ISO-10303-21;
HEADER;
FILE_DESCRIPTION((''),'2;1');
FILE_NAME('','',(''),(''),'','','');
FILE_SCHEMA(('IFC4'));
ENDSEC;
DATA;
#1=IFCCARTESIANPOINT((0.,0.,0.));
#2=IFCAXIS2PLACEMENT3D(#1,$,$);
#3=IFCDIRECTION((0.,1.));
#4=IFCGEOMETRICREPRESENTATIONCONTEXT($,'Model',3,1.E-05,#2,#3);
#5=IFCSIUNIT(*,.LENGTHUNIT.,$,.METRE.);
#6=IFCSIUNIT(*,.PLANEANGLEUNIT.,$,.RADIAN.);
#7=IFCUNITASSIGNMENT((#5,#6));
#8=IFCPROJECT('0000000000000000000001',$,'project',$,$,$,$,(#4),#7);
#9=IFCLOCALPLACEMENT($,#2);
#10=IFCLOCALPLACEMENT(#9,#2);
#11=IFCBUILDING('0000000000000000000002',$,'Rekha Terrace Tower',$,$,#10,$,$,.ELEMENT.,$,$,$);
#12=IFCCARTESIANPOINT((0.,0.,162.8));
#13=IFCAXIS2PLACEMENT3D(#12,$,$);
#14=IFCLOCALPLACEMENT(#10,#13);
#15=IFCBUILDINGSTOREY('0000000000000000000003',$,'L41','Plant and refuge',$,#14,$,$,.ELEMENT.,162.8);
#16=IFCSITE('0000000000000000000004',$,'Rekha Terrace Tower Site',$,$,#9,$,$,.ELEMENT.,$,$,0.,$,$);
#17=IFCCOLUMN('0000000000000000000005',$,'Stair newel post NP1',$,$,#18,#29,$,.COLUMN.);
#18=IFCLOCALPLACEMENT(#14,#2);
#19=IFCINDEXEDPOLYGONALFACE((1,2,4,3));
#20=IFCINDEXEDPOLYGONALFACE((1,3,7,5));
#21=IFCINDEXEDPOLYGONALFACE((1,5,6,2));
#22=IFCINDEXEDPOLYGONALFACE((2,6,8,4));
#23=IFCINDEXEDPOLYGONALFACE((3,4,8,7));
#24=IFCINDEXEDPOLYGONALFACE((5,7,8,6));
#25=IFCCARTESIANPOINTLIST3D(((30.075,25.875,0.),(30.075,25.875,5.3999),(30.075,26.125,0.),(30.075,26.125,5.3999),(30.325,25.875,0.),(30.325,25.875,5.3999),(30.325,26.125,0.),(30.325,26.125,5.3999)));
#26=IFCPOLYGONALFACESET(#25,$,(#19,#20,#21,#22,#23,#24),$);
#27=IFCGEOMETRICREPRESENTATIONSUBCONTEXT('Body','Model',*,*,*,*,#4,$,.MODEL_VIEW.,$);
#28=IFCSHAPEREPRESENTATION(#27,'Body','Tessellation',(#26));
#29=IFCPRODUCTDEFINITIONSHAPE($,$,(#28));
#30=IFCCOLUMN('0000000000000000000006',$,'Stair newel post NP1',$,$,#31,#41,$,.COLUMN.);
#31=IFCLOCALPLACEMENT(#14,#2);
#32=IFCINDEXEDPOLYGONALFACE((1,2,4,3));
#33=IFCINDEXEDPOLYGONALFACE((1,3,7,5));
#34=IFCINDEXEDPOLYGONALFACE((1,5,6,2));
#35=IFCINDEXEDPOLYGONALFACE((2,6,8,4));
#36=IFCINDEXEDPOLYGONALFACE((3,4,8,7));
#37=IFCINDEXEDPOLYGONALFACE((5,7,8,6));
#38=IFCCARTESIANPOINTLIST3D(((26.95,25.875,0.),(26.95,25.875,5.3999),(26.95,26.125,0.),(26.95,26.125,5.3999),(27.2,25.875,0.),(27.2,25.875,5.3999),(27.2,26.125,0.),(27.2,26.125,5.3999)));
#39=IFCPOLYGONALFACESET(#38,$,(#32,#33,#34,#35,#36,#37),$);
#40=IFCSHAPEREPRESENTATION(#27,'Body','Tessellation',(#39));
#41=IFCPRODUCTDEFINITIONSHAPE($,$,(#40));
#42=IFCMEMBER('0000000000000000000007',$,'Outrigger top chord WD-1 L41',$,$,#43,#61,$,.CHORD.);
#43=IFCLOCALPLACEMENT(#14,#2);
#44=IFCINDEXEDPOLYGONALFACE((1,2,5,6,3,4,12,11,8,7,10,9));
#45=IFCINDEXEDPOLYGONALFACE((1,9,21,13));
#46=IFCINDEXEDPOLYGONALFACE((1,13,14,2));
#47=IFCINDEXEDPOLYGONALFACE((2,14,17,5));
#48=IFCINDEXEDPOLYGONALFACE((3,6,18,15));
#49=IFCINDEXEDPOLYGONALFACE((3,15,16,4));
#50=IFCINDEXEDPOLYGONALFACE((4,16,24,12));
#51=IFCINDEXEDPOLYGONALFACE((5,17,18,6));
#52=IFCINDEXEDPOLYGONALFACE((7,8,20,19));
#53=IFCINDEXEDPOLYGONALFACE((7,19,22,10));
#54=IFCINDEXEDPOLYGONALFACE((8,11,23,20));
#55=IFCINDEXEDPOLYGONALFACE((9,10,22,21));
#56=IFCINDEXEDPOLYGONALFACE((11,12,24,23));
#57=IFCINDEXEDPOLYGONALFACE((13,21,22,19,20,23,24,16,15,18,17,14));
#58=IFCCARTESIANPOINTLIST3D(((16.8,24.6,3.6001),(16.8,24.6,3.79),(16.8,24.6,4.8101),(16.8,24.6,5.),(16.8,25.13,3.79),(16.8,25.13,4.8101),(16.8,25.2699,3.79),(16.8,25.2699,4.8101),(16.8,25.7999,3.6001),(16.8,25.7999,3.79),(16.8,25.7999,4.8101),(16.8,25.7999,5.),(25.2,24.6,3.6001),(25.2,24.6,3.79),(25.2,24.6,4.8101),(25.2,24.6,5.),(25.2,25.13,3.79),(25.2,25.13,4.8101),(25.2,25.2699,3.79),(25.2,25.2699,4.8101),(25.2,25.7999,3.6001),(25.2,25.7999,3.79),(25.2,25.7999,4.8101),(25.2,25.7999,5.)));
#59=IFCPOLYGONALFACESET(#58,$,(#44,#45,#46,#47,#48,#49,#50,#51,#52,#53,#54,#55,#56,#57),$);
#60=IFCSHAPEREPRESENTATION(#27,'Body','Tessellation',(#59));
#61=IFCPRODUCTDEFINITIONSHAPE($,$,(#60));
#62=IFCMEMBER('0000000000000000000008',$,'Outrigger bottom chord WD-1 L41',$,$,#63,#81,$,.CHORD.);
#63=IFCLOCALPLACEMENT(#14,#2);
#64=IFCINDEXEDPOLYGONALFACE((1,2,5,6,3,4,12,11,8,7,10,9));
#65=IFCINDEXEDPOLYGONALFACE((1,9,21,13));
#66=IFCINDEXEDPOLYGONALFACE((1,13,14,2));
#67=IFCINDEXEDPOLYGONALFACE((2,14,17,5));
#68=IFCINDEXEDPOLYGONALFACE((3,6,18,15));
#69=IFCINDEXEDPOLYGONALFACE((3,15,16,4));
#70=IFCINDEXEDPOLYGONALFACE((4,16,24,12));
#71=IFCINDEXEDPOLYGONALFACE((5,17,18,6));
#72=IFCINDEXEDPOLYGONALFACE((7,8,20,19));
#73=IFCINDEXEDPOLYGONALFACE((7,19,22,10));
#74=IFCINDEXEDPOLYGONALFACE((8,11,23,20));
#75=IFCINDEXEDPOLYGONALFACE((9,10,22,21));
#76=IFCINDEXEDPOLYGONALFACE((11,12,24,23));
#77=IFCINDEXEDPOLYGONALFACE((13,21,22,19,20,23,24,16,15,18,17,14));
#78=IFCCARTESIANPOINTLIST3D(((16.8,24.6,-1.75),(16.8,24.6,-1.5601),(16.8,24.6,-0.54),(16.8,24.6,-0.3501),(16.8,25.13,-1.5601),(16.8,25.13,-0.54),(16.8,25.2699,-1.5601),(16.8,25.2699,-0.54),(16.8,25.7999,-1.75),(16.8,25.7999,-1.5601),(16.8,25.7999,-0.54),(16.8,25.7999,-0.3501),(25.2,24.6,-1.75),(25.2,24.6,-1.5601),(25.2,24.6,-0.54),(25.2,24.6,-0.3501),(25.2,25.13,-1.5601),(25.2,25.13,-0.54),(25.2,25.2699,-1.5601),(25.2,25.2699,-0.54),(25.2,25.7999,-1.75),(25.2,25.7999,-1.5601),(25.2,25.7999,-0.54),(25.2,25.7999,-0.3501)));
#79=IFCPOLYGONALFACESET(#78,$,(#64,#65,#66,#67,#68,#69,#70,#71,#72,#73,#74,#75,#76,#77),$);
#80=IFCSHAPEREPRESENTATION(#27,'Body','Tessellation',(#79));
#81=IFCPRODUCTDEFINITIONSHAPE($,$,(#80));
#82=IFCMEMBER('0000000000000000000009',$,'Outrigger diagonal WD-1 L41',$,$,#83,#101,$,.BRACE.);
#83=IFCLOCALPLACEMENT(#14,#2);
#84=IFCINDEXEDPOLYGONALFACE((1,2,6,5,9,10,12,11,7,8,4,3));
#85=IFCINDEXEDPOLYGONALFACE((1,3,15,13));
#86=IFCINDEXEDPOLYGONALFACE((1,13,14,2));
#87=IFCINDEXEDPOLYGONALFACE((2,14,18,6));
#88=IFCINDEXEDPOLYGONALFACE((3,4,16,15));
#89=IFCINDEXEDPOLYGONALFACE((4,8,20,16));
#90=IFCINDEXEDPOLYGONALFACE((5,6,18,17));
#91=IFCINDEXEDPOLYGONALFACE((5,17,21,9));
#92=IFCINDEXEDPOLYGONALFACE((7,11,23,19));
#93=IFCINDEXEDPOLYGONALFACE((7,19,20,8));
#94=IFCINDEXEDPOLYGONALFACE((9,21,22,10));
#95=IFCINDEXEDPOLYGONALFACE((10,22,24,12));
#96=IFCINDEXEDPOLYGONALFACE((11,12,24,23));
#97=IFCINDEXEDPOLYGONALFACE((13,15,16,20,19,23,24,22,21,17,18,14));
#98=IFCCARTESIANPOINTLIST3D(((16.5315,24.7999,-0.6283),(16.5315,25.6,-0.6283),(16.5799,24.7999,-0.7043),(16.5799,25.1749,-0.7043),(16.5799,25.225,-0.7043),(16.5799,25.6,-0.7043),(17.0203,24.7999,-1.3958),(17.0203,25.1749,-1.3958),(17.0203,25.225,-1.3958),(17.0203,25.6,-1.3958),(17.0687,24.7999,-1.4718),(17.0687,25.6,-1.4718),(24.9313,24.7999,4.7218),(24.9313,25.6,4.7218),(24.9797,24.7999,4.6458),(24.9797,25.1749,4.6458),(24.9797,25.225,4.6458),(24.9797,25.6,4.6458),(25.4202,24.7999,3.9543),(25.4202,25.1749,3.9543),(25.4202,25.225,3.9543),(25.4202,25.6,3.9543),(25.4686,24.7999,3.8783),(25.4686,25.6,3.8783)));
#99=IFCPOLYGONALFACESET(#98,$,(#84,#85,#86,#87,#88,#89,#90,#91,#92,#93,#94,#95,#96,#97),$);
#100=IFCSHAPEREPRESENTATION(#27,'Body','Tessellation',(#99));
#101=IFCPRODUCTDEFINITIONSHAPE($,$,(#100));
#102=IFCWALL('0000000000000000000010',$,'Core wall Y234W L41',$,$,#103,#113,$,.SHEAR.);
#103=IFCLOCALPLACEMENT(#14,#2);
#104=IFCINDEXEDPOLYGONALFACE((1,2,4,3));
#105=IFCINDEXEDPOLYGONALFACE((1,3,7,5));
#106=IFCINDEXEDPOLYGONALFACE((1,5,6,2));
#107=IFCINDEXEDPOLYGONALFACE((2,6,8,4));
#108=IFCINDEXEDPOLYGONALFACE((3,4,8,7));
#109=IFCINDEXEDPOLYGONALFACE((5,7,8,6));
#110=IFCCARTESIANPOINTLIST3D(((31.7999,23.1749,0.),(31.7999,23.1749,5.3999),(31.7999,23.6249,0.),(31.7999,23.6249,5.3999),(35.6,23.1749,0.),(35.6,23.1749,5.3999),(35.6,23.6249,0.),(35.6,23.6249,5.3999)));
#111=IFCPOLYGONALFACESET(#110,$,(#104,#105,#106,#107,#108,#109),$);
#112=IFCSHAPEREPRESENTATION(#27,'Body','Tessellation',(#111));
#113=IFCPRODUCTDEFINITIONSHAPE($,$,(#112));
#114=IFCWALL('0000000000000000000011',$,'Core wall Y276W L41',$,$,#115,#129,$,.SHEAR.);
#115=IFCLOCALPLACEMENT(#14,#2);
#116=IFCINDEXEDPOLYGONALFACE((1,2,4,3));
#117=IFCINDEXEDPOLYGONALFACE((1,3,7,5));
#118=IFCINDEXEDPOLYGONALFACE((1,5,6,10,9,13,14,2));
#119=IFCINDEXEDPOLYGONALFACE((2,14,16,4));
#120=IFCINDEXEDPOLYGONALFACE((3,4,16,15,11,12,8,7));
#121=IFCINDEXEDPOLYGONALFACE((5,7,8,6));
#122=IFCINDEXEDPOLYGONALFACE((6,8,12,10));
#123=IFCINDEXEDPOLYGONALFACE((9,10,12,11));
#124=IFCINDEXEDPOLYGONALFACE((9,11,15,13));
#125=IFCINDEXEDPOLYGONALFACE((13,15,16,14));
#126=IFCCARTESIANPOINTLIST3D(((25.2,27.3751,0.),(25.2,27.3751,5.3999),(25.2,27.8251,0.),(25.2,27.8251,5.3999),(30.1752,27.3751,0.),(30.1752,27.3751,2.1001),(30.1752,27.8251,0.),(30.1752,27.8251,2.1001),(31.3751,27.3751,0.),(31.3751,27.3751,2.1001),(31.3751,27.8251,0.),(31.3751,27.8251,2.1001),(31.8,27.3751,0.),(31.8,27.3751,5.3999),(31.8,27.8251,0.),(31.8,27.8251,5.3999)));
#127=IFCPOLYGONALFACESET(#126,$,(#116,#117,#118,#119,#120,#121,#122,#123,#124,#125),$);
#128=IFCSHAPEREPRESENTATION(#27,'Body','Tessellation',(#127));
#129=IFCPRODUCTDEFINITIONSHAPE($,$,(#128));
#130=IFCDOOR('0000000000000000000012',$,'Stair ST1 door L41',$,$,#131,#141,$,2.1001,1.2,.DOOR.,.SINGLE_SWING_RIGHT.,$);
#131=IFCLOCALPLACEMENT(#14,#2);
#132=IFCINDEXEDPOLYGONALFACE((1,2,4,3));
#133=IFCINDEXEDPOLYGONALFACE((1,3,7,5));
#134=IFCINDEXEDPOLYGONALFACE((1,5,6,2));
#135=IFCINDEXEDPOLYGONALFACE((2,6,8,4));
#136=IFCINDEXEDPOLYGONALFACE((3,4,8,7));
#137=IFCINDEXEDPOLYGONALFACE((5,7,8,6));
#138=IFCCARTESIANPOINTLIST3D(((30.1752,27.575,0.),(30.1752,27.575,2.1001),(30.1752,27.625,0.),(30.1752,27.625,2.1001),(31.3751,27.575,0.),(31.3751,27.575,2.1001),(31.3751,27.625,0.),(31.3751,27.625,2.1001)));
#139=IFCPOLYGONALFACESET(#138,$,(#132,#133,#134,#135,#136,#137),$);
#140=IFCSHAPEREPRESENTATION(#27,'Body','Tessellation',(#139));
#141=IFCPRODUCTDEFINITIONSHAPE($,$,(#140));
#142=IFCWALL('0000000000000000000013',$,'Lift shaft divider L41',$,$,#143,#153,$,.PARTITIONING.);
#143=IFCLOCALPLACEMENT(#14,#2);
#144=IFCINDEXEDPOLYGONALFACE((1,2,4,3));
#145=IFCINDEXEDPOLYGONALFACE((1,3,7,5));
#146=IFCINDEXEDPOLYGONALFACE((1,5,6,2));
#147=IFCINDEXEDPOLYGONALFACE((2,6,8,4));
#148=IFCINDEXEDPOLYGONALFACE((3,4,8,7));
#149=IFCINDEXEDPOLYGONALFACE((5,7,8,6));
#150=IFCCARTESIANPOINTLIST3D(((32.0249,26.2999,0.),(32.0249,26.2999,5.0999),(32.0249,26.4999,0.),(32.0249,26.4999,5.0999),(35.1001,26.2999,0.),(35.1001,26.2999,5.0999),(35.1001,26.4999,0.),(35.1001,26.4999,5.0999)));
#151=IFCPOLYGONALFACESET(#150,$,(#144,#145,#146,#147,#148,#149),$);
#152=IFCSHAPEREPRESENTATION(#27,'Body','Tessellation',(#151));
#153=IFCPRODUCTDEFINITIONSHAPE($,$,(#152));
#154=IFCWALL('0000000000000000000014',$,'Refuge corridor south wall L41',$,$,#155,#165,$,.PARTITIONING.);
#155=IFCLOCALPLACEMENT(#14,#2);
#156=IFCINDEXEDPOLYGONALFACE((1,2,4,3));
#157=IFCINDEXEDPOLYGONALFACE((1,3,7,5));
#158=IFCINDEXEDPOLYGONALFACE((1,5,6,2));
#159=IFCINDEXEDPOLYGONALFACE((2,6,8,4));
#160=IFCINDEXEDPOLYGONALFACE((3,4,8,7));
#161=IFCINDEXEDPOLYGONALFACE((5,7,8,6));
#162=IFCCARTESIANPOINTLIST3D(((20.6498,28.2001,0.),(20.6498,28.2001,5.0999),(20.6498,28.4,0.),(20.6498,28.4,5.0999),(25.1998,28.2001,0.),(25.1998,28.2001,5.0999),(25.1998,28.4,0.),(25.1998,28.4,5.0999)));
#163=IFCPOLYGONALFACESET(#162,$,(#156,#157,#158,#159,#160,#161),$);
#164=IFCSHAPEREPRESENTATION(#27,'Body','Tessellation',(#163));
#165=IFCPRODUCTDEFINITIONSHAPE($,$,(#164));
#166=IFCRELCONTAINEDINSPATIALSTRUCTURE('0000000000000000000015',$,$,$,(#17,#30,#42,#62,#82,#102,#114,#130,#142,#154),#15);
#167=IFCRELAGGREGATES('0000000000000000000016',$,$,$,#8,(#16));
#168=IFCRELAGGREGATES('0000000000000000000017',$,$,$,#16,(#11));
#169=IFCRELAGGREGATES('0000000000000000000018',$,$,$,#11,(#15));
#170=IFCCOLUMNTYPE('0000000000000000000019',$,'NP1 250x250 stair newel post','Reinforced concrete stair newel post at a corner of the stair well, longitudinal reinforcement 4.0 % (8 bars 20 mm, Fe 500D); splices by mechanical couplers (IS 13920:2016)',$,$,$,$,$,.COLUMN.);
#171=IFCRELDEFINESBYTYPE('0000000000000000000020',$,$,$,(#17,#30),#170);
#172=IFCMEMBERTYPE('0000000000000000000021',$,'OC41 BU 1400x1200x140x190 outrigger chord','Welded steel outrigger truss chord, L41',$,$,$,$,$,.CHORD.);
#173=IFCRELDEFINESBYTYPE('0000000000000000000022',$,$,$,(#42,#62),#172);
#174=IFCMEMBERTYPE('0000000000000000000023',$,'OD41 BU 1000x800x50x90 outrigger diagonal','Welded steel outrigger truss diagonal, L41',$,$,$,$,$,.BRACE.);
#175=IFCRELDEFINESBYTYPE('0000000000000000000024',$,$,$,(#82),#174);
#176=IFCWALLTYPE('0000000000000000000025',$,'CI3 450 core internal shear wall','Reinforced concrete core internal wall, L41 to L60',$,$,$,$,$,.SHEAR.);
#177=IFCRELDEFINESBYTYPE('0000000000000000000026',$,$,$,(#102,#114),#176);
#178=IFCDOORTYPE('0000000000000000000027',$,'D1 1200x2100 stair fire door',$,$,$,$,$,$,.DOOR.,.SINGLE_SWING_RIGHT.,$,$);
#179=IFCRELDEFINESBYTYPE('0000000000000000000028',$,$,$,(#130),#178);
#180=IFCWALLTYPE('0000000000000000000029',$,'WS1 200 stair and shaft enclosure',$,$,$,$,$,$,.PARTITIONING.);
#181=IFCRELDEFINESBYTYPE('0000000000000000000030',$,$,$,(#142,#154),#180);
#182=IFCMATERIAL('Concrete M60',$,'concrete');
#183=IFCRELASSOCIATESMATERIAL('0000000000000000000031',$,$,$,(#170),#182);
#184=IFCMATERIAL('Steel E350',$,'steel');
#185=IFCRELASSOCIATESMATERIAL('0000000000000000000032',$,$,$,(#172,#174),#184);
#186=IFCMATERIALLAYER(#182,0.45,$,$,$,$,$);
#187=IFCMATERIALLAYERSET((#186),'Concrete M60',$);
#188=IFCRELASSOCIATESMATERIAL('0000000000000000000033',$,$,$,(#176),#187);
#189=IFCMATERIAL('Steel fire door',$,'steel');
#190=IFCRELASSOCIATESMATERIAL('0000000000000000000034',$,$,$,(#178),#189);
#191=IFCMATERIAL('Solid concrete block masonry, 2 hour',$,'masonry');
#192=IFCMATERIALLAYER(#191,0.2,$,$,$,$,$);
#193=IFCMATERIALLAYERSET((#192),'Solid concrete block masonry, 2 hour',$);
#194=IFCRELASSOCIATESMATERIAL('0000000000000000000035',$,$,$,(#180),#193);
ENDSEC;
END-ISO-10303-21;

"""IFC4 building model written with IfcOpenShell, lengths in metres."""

from ifc_helpers import new_model, si_unit, direction, frame, frame_2d, origin, origin_2d, place, context, subcontext, project, spatial, rectangle, i_section, extrude, material, layer, layer_set, material_profile, profile_set, type_object, element, fill, save


model = new_model("IFC4")

# Units and contexts
model_context = context("Model", 3, precision=1e-05, world=origin(), true_north=direction((0.0, 1.0)))
body_context = subcontext(model_context, "Body", "Model", "MODEL_VIEW")
ifc_project = project(units=[si_unit("LENGTHUNIT", "METRE"), si_unit("PLANEANGLEUNIT", "RADIAN")], contexts=[model_context])

# Site, building, storey
site_placement = place(None, origin())
site = spatial("IfcSite", under=ifc_project, at=site_placement, Name="Rekha Terrace Tower Site", CompositionType="ELEMENT", RefElevation=0.0)
building_placement = place(site_placement, origin())
building = spatial("IfcBuilding", under=site, at=building_placement, Name="Rekha Terrace Tower", CompositionType="ELEMENT")
storey_placement = place(building_placement, frame((0.0, 0.0, 162.8)))
storey = spatial("IfcBuildingStorey", under=building, at=storey_placement, Name="L41", Description="Plant and refuge", CompositionType="ELEMENT", Elevation=162.8)

# Columns
ifc_material_1 = material(Name="Concrete M60", Category="concrete")
ifc_material_profile_1 = material_profile(ifc_material_1, rectangle(XDim=0.25, YDim=0.25, at=origin_2d()), Name="RC 250x250")
ifc_profile_set_1 = profile_set([ifc_material_profile_1], Name="Concrete M60")
column_type = type_object("IfcColumnType", Name="NP1 250x250 stair newel post", Description="Reinforced concrete stair newel post at a corner of the stair well, longitudinal reinforcement 4.0 % (8 bars 20 mm, Fe 500D); splices by mechanical couplers (IS 13920:2016)", PredefinedType="COLUMN", material=ifc_profile_set_1)
for number, where, z_axis, x_axis, name in (
    (1, (30.2, 26.0, 0.0), (0.0, 0.0, 1.0), (1.0, 0.0, 0.0), "Stair newel post NP1"),
    (2, (27.075, 26.0, 0.0), (0.0, 0.0, 1.0), (1.0, 0.0, 0.0), "Stair newel post NP1"),
):
    element("IfcColumn", number, at=place(storey_placement, frame(where, z_axis=z_axis, x_axis=x_axis)), inside=storey, type_object=column_type, Name=name, PredefinedType="COLUMN", context=body_context, shape_type="SweptSolid", body=[
        extrude(rectangle(XDim=0.25, YDim=0.25, at=origin_2d()), origin(), (0.0, 0.0, 1.0), 5.3999),
    ])

# Members
ifc_material_2 = material(Name="Steel E350", Category="steel")
ifc_material_profile_2 = material_profile(ifc_material_2, i_section(OverallWidth=1.2, OverallDepth=1.3999, WebThickness=0.1399, FlangeThickness=0.1899, at=origin_2d()), Name="BU 1400x1200x140x190")
ifc_profile_set_2 = profile_set([ifc_material_profile_2], Name="Steel E350")
member_type_1 = type_object("IfcMemberType", Name="OC41 BU 1400x1200x140x190 outrigger chord", Description="Welded steel outrigger truss chord, L41", PredefinedType="CHORD", material=ifc_profile_set_2)
for number, where, z_axis, x_axis, name in (
    (3, (25.2, 25.2, 4.3), (-1.0, 0.0, 0.0), (0.0, -1.0, 0.0), "Outrigger top chord WD-1 L41"),
    (4, (25.2, 25.2, -1.05), (-1.0, 0.0, 0.0), (0.0, -1.0, 0.0), "Outrigger bottom chord WD-1 L41"),
):
    element("IfcMember", number, at=place(storey_placement, frame(where, z_axis=z_axis, x_axis=x_axis)), inside=storey, type_object=member_type_1, Name=name, PredefinedType="CHORD", context=body_context, shape_type="SweptSolid", body=[
        extrude(i_section(OverallWidth=1.2, OverallDepth=1.3999, WebThickness=0.1399, FlangeThickness=0.1899, at=origin_2d()), origin(), (0.0, 0.0, 1.0), 8.3999),
    ])
ifc_material_profile_3 = material_profile(ifc_material_2, i_section(OverallWidth=0.8, OverallDepth=1.0, WebThickness=0.05, FlangeThickness=0.0901, at=origin_2d()), Name="BU 1000x800x50x90")
ifc_profile_set_3 = profile_set([ifc_material_profile_3], Name="Steel E350")
member_type_2 = type_object("IfcMemberType", Name="OD41 BU 1000x800x50x90 outrigger diagonal", Description="Welded steel outrigger truss diagonal, L41", PredefinedType="BRACE", material=ifc_profile_set_3)
member_placement = place(storey_placement, frame((25.2, 25.2, 4.3), z_axis=(-0.843447, 0.0, -0.537212), x_axis=(0.0, -1.0, 0.0)))
element("IfcMember", 5, at=member_placement, inside=storey, type_object=member_type_2, Name="Outrigger diagonal WD-1 L41", PredefinedType="BRACE", context=body_context, shape_type="SweptSolid", body=[
    extrude(i_section(OverallWidth=0.8, OverallDepth=1.0, WebThickness=0.05, FlangeThickness=0.0901, at=origin_2d()), origin(), (0.0, 0.0, 1.0), 9.959),
])

# Wall
ifc_layer_1 = layer(ifc_material_1, 0.45)
ifc_layer_set_1 = layer_set([ifc_layer_1], Name="Concrete M60")
wall_type_1 = type_object("IfcWallType", Name="CI3 450 core internal shear wall", Description="Reinforced concrete core internal wall, L41 to L60", PredefinedType="SHEAR", material=ifc_layer_set_1)
wall_1_placement = place(storey_placement, frame((31.8, 23.3999, 0.0), z_axis=(0.0, 0.0, 1.0), x_axis=(1.0, 0.0, 0.0)))
element("IfcWall", 6, at=wall_1_placement, inside=storey, type_object=wall_type_1, Name="Core wall Y234W L41", PredefinedType="SHEAR", context=body_context, shape_type="SweptSolid", body=[
    extrude(rectangle(XDim=3.8, YDim=0.45, at=frame_2d((1.8999, 0.0))), origin(), (0.0, 0.0, 1.0), 5.3999),
])

# Wall, opening, door
wall_2_placement = place(storey_placement, frame((25.2, 27.6001, 0.0), z_axis=(0.0, 0.0, 1.0), x_axis=(1.0, 0.0, 0.0)))
wall_2 = element("IfcWall", 7, at=wall_2_placement, inside=storey, type_object=wall_type_1, Name="Core wall Y276W L41", PredefinedType="SHEAR", context=body_context, shape_type="SweptSolid", body=[
    extrude(rectangle(XDim=6.6001, YDim=0.45, at=frame_2d((3.3, 0.0))), origin(), (0.0, 0.0, 1.0), 5.3999),
])
opening_placement = place(wall_2_placement, frame((4.9751, 0.0, 0.0)))
opening = element("IfcOpeningElement", 8, at=opening_placement, cuts=wall_2, PredefinedType="OPENING", context=body_context, shape_type="SweptSolid", body=[
    extrude(rectangle(XDim=1.2, YDim=2.1001, at=frame_2d((0.6001, 1.05))), frame((0.0, 0.2349, 0.0), z_axis=(0.0, -1.0, 0.0), x_axis=(1.0, 0.0, 0.0)), (0.0, 0.0, 1.0), 0.47),
])
ifc_material_3 = material(Name="Steel fire door", Category="steel")
door_type = type_object("IfcDoorType", Name="D1 1200x2100 stair fire door", OperationType="SINGLE_SWING_RIGHT", PredefinedType="DOOR", material=ifc_material_3)
door_placement = place(opening_placement, origin())
door = element("IfcDoor", 9, at=door_placement, inside=storey, type_object=door_type, Name="Stair ST1 door L41", OperationType="SINGLE_SWING_RIGHT", OverallHeight=2.1001, OverallWidth=1.2, PredefinedType="DOOR", context=body_context, shape_type="SweptSolid", body=[
    extrude(rectangle(XDim=1.2, YDim=2.1001, at=frame_2d((0.6001, 1.05))), frame((0.0, 0.0249, 0.0), z_axis=(0.0, -1.0, 0.0), x_axis=(1.0, 0.0, 0.0)), (0.0, 0.0, 1.0), 0.05),
])
fill(opening, door)

# Walls
ifc_material_4 = material(Name="Solid concrete block masonry, 2 hour", Category="masonry")
ifc_layer_2 = layer(ifc_material_4, 0.2)
ifc_layer_set_2 = layer_set([ifc_layer_2], Name="Solid concrete block masonry, 2 hour")
wall_type_2 = type_object("IfcWallType", Name="WS1 200 stair and shaft enclosure", PredefinedType="PARTITIONING", material=ifc_layer_set_2)
wall_3_placement = place(storey_placement, frame((32.0249, 26.3999, 0.0), z_axis=(0.0, 0.0, 1.0), x_axis=(1.0, 0.0, 0.0)))
element("IfcWall", 10, at=wall_3_placement, inside=storey, type_object=wall_type_2, Name="Lift shaft divider L41", PredefinedType="PARTITIONING", context=body_context, shape_type="SweptSolid", body=[
    extrude(rectangle(XDim=3.0752, YDim=0.2, at=frame_2d((1.5376, 0.0))), origin(), (0.0, 0.0, 1.0), 5.0999),
])
wall_4_placement = place(storey_placement, frame((20.6499, 28.3, 0.0), z_axis=(0.0, 0.0, 1.0), x_axis=(1.0, 0.0, 0.0)))
element("IfcWall", 11, at=wall_4_placement, inside=storey, type_object=wall_type_2, Name="Refuge corridor south wall L41", PredefinedType="PARTITIONING", context=body_context, shape_type="SweptSolid", body=[
    extrude(rectangle(XDim=4.55, YDim=0.2, at=frame_2d((2.2749, 0.0))), origin(), (0.0, 0.0, 1.0), 5.0999),
])

save(model, "model.ifc")
